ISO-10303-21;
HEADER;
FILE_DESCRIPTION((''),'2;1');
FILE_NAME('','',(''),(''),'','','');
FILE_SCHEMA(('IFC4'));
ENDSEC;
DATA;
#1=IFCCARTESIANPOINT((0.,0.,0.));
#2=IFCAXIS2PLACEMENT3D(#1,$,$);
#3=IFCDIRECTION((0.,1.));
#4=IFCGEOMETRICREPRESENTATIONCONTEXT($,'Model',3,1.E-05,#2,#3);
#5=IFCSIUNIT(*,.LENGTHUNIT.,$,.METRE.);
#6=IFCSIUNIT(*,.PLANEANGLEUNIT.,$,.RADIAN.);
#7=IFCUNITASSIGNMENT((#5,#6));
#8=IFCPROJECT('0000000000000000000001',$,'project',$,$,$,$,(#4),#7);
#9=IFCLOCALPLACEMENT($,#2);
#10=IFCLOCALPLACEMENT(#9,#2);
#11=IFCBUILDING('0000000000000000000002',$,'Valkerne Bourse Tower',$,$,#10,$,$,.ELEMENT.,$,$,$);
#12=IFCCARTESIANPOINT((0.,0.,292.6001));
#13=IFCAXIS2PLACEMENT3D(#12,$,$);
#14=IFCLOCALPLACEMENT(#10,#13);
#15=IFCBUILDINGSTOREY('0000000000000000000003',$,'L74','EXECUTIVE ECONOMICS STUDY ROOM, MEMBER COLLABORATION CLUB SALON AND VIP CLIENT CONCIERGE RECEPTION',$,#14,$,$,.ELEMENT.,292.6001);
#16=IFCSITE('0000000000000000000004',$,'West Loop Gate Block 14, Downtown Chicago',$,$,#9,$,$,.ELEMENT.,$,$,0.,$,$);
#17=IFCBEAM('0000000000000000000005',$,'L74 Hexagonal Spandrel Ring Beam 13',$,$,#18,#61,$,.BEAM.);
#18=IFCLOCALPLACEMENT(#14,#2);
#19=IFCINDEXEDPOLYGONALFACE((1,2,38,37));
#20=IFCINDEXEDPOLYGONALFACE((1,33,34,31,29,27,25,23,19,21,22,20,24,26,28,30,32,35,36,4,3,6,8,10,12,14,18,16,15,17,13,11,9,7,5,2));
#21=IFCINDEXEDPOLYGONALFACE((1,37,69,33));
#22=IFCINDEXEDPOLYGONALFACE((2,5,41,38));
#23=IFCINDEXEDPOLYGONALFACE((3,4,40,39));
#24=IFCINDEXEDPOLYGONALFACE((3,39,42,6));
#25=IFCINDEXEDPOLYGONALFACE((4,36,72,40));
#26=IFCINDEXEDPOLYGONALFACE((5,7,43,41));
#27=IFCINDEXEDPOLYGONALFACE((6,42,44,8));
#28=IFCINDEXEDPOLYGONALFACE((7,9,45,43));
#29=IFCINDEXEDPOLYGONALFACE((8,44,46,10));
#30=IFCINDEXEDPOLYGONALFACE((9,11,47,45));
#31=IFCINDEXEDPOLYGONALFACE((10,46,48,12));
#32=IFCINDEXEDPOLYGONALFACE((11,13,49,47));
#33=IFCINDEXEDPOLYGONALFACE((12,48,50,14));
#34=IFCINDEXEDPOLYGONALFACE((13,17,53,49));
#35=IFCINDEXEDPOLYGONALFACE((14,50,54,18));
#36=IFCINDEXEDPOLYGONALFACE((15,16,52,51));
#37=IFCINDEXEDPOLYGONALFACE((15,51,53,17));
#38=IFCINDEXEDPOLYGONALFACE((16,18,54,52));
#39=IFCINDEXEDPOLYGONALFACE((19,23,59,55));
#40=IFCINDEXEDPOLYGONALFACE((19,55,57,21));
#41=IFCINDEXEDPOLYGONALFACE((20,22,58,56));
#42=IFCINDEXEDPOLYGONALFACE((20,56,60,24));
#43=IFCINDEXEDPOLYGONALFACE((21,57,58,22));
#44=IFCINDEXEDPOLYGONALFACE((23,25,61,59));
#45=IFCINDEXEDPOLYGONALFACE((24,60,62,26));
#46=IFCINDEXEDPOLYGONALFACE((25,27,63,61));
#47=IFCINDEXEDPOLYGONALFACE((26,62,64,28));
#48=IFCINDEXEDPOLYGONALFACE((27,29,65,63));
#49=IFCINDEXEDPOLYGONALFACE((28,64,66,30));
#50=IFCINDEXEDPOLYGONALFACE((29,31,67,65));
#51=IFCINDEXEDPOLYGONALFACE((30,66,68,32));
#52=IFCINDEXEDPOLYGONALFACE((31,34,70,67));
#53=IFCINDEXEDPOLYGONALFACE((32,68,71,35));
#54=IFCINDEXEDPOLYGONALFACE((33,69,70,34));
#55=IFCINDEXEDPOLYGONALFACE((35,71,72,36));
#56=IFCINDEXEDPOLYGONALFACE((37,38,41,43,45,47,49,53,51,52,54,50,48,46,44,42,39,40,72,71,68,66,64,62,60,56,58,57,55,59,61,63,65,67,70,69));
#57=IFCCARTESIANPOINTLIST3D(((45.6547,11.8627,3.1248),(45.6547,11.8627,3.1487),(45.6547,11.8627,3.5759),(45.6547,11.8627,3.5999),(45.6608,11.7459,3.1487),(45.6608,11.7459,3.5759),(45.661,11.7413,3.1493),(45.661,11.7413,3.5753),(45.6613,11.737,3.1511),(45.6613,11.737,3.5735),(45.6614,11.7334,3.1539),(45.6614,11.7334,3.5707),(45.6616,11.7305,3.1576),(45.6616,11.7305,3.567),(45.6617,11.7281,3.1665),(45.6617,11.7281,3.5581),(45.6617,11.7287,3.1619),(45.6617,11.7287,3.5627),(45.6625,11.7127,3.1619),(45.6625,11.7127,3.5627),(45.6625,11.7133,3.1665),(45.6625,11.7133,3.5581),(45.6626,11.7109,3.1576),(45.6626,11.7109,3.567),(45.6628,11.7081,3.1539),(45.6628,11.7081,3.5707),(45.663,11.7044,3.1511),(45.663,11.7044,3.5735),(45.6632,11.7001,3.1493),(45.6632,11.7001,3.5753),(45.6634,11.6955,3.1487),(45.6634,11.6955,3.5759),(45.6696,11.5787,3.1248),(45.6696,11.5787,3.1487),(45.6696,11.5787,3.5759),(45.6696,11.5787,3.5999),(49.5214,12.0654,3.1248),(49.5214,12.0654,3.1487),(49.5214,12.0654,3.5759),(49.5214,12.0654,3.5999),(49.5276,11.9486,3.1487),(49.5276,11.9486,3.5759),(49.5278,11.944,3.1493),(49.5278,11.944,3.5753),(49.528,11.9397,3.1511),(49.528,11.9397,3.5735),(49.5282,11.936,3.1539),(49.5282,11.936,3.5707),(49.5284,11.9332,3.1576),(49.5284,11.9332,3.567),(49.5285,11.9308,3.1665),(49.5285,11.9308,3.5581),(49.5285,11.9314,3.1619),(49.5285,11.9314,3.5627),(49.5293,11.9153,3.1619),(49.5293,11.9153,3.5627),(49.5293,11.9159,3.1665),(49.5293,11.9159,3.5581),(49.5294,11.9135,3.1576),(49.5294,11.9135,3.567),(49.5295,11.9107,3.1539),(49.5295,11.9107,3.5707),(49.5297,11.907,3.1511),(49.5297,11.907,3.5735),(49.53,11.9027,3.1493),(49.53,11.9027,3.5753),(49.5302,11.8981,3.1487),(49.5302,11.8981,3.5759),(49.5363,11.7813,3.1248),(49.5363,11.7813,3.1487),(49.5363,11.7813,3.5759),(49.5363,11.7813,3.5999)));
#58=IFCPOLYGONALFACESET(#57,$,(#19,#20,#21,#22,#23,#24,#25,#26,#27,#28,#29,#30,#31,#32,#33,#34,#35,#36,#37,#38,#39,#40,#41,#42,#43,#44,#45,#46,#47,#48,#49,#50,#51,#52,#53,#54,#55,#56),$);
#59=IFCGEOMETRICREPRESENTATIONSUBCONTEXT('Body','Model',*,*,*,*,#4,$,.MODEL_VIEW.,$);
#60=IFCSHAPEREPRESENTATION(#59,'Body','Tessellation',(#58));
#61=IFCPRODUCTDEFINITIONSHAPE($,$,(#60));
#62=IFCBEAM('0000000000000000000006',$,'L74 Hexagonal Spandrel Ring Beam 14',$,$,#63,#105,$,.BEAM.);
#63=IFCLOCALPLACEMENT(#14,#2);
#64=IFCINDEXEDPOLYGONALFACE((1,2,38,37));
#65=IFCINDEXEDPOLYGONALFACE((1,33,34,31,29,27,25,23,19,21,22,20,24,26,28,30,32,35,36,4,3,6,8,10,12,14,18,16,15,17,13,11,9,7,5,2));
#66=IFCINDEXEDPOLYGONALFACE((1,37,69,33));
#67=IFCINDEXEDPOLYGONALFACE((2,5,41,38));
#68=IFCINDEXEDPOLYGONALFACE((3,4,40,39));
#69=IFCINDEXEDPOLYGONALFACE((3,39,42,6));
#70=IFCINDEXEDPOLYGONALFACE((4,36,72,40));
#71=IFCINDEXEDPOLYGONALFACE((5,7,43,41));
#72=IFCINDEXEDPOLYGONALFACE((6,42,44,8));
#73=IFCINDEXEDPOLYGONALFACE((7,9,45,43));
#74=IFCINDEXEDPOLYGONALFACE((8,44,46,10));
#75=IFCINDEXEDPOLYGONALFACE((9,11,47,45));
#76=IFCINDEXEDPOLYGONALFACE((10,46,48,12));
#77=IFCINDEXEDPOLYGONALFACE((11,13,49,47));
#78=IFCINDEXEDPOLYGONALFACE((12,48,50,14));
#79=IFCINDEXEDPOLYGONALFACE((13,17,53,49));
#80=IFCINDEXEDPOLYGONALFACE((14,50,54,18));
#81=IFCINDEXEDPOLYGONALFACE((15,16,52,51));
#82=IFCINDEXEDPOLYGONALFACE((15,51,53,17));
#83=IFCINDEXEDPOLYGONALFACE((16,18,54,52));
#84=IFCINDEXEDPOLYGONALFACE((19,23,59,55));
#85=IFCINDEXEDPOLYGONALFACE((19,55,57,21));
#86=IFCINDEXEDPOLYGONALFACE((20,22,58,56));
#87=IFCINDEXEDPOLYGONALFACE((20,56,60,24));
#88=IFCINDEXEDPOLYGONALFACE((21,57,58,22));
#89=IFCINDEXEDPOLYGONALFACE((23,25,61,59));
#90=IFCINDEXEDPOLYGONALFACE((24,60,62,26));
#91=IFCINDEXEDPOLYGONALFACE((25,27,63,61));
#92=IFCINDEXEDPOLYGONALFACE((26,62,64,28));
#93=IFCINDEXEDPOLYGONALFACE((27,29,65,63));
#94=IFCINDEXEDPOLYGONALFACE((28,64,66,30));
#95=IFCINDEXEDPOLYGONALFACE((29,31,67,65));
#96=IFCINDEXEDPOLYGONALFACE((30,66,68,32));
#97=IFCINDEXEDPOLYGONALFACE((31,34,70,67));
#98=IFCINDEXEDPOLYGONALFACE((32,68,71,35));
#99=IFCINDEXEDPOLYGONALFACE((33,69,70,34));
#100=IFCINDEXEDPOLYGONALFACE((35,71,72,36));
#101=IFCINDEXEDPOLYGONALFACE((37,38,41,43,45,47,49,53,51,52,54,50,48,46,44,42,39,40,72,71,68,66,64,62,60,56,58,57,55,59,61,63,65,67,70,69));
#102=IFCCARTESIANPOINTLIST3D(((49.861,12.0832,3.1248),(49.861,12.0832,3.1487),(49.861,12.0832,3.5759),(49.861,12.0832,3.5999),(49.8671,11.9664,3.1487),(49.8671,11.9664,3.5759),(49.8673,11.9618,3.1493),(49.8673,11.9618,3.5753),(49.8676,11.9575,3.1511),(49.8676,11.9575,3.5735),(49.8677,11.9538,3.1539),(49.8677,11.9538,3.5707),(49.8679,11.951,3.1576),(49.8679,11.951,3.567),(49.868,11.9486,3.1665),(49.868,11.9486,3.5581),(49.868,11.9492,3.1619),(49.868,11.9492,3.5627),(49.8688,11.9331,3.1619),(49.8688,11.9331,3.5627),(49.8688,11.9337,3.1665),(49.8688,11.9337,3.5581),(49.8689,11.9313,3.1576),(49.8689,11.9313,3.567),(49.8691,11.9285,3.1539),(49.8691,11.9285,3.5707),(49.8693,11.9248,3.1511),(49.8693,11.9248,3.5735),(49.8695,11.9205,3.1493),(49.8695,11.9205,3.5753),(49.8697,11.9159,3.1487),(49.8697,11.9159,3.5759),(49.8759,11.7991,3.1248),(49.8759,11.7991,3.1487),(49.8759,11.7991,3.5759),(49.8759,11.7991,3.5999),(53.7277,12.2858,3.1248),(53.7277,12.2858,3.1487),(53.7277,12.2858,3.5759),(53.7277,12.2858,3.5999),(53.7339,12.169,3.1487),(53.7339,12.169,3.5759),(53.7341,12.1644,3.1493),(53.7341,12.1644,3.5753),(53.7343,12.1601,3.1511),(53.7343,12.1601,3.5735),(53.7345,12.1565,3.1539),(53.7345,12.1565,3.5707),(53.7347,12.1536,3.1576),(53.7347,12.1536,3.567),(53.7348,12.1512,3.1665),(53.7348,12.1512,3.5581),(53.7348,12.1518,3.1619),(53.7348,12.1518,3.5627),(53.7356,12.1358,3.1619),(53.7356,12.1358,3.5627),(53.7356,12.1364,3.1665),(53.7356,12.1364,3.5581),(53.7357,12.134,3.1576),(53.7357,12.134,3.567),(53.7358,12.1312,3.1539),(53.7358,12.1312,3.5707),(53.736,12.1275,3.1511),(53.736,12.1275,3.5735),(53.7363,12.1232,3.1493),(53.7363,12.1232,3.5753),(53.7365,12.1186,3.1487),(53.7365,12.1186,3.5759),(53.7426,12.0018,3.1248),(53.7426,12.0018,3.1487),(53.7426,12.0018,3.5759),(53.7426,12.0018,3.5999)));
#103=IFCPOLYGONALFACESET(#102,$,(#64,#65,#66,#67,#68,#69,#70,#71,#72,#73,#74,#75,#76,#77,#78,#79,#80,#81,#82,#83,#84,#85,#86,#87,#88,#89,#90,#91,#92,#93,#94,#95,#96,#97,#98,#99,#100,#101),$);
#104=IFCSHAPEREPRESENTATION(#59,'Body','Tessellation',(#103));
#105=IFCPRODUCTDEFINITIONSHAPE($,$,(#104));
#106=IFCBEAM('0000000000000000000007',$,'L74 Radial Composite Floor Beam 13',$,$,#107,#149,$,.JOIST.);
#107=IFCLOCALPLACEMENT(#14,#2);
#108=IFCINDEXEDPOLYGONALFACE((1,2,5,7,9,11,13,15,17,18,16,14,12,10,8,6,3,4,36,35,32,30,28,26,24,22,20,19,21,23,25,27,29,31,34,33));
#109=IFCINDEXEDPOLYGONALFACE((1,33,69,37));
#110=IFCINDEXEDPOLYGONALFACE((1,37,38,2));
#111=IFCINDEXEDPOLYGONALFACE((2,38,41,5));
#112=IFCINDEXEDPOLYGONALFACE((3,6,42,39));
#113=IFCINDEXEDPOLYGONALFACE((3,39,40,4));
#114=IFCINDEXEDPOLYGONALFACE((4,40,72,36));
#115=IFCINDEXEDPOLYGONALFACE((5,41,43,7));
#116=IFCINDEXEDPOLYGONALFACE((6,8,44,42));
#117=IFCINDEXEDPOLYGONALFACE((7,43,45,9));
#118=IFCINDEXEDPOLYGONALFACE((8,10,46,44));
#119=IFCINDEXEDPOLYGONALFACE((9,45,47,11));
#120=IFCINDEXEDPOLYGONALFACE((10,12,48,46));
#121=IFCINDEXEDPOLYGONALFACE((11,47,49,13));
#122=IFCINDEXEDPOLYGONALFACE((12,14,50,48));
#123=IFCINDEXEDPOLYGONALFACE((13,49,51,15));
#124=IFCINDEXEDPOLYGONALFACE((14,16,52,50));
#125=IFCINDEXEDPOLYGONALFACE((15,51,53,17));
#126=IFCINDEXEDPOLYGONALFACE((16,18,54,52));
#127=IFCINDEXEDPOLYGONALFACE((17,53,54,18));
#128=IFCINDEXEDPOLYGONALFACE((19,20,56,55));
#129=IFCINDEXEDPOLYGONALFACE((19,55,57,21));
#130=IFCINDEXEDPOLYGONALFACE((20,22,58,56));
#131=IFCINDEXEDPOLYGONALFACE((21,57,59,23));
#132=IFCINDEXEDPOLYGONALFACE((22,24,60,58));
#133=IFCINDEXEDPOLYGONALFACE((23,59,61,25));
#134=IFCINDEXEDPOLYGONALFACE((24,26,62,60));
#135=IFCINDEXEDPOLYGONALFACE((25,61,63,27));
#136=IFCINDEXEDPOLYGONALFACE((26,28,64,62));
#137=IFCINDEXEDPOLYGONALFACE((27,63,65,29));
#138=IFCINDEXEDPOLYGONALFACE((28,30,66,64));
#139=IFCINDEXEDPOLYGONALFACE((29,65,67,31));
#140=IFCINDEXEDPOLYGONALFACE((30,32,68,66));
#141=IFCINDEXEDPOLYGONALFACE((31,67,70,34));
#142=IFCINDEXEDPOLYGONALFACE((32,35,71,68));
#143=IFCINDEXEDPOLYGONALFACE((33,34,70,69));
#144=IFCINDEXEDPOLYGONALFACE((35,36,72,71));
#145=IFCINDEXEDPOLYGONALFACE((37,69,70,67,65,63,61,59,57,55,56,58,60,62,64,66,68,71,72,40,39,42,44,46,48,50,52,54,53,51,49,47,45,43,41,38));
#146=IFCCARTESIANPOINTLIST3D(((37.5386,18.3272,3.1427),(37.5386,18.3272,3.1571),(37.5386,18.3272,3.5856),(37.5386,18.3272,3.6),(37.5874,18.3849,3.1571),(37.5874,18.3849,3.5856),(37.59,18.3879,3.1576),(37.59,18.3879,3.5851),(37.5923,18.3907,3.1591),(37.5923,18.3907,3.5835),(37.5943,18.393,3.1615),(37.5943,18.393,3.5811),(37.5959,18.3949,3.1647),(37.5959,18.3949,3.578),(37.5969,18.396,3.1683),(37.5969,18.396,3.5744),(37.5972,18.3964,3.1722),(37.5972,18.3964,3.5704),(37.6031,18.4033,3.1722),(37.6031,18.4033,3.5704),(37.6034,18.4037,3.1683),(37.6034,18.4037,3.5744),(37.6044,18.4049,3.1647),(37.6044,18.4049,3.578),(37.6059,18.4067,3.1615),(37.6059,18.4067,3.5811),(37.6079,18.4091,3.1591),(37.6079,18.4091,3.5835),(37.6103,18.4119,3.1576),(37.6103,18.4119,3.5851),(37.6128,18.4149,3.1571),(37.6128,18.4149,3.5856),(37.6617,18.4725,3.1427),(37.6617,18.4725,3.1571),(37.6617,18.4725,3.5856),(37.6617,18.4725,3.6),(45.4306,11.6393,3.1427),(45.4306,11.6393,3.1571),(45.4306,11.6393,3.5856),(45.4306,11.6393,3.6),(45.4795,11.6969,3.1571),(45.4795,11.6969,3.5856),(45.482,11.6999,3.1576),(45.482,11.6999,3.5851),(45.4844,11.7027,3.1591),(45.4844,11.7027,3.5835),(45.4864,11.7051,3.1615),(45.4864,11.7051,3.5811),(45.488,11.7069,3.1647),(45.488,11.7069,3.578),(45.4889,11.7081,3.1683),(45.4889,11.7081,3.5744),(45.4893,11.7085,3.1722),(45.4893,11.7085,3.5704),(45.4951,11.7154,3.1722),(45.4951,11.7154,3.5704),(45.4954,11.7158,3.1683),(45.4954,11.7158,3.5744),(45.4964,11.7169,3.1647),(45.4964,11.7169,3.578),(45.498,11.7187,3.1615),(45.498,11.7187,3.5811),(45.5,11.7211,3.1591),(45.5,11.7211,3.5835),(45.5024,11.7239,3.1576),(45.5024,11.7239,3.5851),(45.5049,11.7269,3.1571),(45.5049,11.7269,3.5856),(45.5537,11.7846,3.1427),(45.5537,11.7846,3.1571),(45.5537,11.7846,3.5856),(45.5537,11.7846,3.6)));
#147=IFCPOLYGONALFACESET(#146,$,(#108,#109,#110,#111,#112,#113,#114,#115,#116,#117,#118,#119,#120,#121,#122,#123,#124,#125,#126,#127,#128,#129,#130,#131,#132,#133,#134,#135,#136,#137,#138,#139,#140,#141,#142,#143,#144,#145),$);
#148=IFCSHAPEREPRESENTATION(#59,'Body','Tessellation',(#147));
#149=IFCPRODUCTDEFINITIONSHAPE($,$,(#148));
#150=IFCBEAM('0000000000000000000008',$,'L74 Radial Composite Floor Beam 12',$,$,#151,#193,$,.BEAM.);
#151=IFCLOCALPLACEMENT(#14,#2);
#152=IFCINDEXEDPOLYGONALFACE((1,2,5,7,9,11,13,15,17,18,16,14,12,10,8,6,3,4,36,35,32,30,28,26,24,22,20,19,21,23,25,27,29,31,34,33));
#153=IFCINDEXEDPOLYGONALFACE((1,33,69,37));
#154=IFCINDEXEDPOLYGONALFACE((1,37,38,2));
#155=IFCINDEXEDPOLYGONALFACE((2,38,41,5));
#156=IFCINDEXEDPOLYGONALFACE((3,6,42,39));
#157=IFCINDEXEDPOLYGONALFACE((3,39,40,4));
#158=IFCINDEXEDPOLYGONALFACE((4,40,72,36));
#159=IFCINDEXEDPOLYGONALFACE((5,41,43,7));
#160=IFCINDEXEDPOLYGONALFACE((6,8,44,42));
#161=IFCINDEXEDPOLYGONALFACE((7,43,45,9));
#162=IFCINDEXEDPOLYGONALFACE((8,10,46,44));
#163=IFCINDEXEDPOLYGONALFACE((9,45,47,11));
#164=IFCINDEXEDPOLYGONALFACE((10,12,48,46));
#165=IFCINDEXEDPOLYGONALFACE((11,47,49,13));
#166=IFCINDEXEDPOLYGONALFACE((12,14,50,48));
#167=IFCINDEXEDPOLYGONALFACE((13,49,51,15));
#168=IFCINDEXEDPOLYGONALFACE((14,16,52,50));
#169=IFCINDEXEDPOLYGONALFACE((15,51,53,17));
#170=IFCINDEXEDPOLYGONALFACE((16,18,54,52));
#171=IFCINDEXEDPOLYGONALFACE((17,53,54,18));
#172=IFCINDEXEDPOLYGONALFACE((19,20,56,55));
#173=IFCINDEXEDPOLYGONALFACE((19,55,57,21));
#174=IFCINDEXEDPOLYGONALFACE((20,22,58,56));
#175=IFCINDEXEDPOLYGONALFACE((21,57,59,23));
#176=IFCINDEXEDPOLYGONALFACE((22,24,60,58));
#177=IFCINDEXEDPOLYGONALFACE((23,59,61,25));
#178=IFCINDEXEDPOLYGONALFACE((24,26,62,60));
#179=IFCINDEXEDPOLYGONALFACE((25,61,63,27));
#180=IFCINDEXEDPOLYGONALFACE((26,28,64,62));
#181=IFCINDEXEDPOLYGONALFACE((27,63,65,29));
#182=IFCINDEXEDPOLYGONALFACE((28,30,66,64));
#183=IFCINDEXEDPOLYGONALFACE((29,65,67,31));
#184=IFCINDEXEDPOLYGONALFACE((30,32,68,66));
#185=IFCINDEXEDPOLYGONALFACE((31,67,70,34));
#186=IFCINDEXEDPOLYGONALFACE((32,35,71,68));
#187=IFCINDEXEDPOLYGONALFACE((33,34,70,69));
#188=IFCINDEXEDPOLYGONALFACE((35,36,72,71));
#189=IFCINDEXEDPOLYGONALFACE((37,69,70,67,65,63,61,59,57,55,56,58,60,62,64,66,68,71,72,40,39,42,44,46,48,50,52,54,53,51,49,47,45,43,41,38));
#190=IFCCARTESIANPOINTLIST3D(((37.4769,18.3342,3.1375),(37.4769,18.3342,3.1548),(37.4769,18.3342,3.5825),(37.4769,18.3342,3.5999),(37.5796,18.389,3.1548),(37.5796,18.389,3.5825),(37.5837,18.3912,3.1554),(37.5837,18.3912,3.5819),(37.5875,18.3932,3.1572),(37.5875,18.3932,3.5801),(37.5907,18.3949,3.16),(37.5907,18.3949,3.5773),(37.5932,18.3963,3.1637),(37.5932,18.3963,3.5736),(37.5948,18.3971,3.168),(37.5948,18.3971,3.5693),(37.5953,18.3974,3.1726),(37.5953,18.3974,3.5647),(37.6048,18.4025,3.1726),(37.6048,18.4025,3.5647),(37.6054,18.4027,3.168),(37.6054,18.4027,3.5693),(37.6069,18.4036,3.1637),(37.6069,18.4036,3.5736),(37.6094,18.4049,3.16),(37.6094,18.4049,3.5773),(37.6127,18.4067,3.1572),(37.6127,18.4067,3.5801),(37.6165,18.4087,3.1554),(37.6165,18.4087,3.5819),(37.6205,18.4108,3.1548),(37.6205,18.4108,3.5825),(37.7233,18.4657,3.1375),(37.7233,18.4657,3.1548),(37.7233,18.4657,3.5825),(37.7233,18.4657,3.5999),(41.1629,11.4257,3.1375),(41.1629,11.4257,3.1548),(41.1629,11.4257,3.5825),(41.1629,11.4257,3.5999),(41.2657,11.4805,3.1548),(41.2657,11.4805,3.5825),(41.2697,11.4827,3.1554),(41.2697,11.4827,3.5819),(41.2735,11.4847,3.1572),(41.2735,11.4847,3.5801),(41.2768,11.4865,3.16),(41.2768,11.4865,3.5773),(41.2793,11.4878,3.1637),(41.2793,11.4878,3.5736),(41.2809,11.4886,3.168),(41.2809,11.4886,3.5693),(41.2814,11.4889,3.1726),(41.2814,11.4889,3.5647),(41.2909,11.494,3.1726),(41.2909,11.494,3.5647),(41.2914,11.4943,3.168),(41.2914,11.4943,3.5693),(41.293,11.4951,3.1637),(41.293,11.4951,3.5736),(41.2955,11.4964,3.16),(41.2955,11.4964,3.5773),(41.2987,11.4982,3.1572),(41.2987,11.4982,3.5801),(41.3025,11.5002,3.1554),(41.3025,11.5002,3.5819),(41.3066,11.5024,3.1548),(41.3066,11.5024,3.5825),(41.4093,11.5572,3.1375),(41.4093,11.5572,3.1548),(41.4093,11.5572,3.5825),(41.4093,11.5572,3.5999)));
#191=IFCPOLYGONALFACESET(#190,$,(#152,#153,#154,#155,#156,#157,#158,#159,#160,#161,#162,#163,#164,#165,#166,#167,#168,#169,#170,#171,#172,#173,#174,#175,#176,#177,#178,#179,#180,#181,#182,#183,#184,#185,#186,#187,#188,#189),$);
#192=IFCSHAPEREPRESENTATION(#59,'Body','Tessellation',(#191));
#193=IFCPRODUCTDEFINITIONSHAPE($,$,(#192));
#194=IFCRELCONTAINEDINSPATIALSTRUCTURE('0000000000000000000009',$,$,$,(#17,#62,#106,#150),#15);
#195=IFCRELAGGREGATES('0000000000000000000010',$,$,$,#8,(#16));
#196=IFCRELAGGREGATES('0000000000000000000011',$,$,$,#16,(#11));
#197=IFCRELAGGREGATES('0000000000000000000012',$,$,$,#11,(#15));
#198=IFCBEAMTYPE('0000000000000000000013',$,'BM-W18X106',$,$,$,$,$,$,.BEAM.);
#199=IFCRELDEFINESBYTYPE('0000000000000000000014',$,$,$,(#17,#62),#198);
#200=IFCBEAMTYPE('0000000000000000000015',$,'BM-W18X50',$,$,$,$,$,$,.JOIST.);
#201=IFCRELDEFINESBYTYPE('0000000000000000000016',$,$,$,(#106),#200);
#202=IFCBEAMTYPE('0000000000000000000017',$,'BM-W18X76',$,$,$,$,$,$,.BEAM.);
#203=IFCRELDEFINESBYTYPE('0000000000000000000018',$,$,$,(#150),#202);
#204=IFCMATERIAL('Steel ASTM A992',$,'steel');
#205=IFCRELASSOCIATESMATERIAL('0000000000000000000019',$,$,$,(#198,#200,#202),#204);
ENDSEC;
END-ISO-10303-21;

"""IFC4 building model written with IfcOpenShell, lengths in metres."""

from ifc_helpers import new_model, si_unit, direction, frame, origin, origin_2d, place, context, subcontext, project, spatial, i_section, extrude, material, material_profile, profile_set, type_object, element, save


model = new_model("IFC4")

# Units and contexts
model_context = context("Model", 3, precision=1e-05, world=origin(), true_north=direction((0.0, 1.0)))
body_context = subcontext(model_context, "Body", "Model", "MODEL_VIEW")
ifc_project = project(units=[si_unit("LENGTHUNIT", "METRE"), si_unit("PLANEANGLEUNIT", "RADIAN")], contexts=[model_context])

# Site, building, storey
site_placement = place(None, origin())
site = spatial("IfcSite", under=ifc_project, at=site_placement, Name="West Loop Gate Block 14, Downtown Chicago", CompositionType="ELEMENT", RefElevation=0.0)
building_placement = place(site_placement, origin())
building = spatial("IfcBuilding", under=site, at=building_placement, Name="Valkerne Bourse Tower", CompositionType="ELEMENT")
storey_placement = place(building_placement, frame((0.0, 0.0, 292.6001)))
storey = spatial("IfcBuildingStorey", under=building, at=storey_placement, Name="L74", Description="EXECUTIVE ECONOMICS STUDY ROOM, MEMBER COLLABORATION CLUB SALON AND VIP CLIENT CONCIERGE RECEPTION", CompositionType="ELEMENT", Elevation=292.6001)

# Beams
ifc_material_1 = material(Name="Steel ASTM A992", Category="steel")
ifc_material_profile_1 = material_profile(ifc_material_1, i_section(OverallWidth=0.2844, OverallDepth=0.4751, WebThickness=0.0149, FlangeThickness=0.0239, FilletRadius=0.0178, at=origin_2d()), Name="W18X106")
ifc_profile_set_1 = profile_set([ifc_material_profile_1], Name="Steel ASTM A992")
beam_type_1 = type_object("IfcBeamType", Name="BM-W18X106", PredefinedType="BEAM", material=ifc_profile_set_1)
for number, where, z_axis, x_axis, name in (
    (1, (45.6621, 11.7207, 3.3623), (0.99863, 0.052334, 0.0), (-0.052334, 0.99863, 0.0), "L74 Hexagonal Spandrel Ring Beam 13"),
    (2, (49.8684, 11.9412, 3.3623), (0.99863, 0.052334, 0.0), (-0.052334, 0.99863, 0.0), "L74 Hexagonal Spandrel Ring Beam 14"),
):
    element("IfcBeam", number, at=place(storey_placement, frame(where, z_axis=z_axis, x_axis=x_axis)), inside=storey, type_object=beam_type_1, Name=name, PredefinedType="BEAM", context=body_context, shape_type="SweptSolid", body=[
        extrude(i_section(OverallWidth=0.2844, OverallDepth=0.4751, WebThickness=0.0149, FlangeThickness=0.0239, FilletRadius=0.0178, at=origin_2d()), origin(), (0.0, 0.0, 1.0), 3.8721),
    ])
ifc_material_profile_2 = material_profile(ifc_material_1, i_section(OverallWidth=0.1904, OverallDepth=0.4573, WebThickness=0.009, FlangeThickness=0.0144, FilletRadius=0.0151, at=origin_2d()), Name="W18X50")
ifc_profile_set_2 = profile_set([ifc_material_profile_2], Name="Steel ASTM A992")
beam_type_2 = type_object("IfcBeamType", Name="BM-W18X50", PredefinedType="JOIST", material=ifc_profile_set_2)
beam_1_placement = place(storey_placement, frame((45.4922, 11.7119, 3.3713), z_axis=(-0.762906, 0.646509, 0.0), x_axis=(-0.646509, -0.762906, 0.0)))
element("IfcBeam", 3, at=beam_1_placement, inside=storey, type_object=beam_type_2, Name="L74 Radial Composite Floor Beam 13", PredefinedType="JOIST", context=body_context, shape_type="SweptSolid", body=[
    extrude(i_section(OverallWidth=0.1904, OverallDepth=0.4573, WebThickness=0.009, FlangeThickness=0.0144, FilletRadius=0.0151, at=origin_2d()), origin(), (0.0, 0.0, 1.0), 10.3447),
])
ifc_material_profile_3 = material_profile(ifc_material_1, i_section(OverallWidth=0.2793, OverallDepth=0.4624, WebThickness=0.0107, FlangeThickness=0.0173, FilletRadius=0.0178, at=origin_2d()), Name="W18X76")
ifc_profile_set_3 = profile_set([ifc_material_profile_3], Name="Steel ASTM A992")
beam_type_3 = type_object("IfcBeamType", Name="BM-W18X76", PredefinedType="BEAM", material=ifc_profile_set_3)
beam_2_placement = place(storey_placement, frame((41.2861, 11.4915, 3.3687), z_axis=(-0.47074, 0.882272, 0.0), x_axis=(-0.882272, -0.47074, 0.0)))
element("IfcBeam", 4, at=beam_2_placement, inside=storey, type_object=beam_type_3, Name="L74 Radial Composite Floor Beam 12", PredefinedType="BEAM", context=body_context, shape_type="SweptSolid", body=[
    extrude(i_section(OverallWidth=0.2793, OverallDepth=0.4624, WebThickness=0.0107, FlangeThickness=0.0173, FilletRadius=0.0178, at=origin_2d()), origin(), (0.0, 0.0, 1.0), 7.8303),
])

save(model, "model.ifc")
